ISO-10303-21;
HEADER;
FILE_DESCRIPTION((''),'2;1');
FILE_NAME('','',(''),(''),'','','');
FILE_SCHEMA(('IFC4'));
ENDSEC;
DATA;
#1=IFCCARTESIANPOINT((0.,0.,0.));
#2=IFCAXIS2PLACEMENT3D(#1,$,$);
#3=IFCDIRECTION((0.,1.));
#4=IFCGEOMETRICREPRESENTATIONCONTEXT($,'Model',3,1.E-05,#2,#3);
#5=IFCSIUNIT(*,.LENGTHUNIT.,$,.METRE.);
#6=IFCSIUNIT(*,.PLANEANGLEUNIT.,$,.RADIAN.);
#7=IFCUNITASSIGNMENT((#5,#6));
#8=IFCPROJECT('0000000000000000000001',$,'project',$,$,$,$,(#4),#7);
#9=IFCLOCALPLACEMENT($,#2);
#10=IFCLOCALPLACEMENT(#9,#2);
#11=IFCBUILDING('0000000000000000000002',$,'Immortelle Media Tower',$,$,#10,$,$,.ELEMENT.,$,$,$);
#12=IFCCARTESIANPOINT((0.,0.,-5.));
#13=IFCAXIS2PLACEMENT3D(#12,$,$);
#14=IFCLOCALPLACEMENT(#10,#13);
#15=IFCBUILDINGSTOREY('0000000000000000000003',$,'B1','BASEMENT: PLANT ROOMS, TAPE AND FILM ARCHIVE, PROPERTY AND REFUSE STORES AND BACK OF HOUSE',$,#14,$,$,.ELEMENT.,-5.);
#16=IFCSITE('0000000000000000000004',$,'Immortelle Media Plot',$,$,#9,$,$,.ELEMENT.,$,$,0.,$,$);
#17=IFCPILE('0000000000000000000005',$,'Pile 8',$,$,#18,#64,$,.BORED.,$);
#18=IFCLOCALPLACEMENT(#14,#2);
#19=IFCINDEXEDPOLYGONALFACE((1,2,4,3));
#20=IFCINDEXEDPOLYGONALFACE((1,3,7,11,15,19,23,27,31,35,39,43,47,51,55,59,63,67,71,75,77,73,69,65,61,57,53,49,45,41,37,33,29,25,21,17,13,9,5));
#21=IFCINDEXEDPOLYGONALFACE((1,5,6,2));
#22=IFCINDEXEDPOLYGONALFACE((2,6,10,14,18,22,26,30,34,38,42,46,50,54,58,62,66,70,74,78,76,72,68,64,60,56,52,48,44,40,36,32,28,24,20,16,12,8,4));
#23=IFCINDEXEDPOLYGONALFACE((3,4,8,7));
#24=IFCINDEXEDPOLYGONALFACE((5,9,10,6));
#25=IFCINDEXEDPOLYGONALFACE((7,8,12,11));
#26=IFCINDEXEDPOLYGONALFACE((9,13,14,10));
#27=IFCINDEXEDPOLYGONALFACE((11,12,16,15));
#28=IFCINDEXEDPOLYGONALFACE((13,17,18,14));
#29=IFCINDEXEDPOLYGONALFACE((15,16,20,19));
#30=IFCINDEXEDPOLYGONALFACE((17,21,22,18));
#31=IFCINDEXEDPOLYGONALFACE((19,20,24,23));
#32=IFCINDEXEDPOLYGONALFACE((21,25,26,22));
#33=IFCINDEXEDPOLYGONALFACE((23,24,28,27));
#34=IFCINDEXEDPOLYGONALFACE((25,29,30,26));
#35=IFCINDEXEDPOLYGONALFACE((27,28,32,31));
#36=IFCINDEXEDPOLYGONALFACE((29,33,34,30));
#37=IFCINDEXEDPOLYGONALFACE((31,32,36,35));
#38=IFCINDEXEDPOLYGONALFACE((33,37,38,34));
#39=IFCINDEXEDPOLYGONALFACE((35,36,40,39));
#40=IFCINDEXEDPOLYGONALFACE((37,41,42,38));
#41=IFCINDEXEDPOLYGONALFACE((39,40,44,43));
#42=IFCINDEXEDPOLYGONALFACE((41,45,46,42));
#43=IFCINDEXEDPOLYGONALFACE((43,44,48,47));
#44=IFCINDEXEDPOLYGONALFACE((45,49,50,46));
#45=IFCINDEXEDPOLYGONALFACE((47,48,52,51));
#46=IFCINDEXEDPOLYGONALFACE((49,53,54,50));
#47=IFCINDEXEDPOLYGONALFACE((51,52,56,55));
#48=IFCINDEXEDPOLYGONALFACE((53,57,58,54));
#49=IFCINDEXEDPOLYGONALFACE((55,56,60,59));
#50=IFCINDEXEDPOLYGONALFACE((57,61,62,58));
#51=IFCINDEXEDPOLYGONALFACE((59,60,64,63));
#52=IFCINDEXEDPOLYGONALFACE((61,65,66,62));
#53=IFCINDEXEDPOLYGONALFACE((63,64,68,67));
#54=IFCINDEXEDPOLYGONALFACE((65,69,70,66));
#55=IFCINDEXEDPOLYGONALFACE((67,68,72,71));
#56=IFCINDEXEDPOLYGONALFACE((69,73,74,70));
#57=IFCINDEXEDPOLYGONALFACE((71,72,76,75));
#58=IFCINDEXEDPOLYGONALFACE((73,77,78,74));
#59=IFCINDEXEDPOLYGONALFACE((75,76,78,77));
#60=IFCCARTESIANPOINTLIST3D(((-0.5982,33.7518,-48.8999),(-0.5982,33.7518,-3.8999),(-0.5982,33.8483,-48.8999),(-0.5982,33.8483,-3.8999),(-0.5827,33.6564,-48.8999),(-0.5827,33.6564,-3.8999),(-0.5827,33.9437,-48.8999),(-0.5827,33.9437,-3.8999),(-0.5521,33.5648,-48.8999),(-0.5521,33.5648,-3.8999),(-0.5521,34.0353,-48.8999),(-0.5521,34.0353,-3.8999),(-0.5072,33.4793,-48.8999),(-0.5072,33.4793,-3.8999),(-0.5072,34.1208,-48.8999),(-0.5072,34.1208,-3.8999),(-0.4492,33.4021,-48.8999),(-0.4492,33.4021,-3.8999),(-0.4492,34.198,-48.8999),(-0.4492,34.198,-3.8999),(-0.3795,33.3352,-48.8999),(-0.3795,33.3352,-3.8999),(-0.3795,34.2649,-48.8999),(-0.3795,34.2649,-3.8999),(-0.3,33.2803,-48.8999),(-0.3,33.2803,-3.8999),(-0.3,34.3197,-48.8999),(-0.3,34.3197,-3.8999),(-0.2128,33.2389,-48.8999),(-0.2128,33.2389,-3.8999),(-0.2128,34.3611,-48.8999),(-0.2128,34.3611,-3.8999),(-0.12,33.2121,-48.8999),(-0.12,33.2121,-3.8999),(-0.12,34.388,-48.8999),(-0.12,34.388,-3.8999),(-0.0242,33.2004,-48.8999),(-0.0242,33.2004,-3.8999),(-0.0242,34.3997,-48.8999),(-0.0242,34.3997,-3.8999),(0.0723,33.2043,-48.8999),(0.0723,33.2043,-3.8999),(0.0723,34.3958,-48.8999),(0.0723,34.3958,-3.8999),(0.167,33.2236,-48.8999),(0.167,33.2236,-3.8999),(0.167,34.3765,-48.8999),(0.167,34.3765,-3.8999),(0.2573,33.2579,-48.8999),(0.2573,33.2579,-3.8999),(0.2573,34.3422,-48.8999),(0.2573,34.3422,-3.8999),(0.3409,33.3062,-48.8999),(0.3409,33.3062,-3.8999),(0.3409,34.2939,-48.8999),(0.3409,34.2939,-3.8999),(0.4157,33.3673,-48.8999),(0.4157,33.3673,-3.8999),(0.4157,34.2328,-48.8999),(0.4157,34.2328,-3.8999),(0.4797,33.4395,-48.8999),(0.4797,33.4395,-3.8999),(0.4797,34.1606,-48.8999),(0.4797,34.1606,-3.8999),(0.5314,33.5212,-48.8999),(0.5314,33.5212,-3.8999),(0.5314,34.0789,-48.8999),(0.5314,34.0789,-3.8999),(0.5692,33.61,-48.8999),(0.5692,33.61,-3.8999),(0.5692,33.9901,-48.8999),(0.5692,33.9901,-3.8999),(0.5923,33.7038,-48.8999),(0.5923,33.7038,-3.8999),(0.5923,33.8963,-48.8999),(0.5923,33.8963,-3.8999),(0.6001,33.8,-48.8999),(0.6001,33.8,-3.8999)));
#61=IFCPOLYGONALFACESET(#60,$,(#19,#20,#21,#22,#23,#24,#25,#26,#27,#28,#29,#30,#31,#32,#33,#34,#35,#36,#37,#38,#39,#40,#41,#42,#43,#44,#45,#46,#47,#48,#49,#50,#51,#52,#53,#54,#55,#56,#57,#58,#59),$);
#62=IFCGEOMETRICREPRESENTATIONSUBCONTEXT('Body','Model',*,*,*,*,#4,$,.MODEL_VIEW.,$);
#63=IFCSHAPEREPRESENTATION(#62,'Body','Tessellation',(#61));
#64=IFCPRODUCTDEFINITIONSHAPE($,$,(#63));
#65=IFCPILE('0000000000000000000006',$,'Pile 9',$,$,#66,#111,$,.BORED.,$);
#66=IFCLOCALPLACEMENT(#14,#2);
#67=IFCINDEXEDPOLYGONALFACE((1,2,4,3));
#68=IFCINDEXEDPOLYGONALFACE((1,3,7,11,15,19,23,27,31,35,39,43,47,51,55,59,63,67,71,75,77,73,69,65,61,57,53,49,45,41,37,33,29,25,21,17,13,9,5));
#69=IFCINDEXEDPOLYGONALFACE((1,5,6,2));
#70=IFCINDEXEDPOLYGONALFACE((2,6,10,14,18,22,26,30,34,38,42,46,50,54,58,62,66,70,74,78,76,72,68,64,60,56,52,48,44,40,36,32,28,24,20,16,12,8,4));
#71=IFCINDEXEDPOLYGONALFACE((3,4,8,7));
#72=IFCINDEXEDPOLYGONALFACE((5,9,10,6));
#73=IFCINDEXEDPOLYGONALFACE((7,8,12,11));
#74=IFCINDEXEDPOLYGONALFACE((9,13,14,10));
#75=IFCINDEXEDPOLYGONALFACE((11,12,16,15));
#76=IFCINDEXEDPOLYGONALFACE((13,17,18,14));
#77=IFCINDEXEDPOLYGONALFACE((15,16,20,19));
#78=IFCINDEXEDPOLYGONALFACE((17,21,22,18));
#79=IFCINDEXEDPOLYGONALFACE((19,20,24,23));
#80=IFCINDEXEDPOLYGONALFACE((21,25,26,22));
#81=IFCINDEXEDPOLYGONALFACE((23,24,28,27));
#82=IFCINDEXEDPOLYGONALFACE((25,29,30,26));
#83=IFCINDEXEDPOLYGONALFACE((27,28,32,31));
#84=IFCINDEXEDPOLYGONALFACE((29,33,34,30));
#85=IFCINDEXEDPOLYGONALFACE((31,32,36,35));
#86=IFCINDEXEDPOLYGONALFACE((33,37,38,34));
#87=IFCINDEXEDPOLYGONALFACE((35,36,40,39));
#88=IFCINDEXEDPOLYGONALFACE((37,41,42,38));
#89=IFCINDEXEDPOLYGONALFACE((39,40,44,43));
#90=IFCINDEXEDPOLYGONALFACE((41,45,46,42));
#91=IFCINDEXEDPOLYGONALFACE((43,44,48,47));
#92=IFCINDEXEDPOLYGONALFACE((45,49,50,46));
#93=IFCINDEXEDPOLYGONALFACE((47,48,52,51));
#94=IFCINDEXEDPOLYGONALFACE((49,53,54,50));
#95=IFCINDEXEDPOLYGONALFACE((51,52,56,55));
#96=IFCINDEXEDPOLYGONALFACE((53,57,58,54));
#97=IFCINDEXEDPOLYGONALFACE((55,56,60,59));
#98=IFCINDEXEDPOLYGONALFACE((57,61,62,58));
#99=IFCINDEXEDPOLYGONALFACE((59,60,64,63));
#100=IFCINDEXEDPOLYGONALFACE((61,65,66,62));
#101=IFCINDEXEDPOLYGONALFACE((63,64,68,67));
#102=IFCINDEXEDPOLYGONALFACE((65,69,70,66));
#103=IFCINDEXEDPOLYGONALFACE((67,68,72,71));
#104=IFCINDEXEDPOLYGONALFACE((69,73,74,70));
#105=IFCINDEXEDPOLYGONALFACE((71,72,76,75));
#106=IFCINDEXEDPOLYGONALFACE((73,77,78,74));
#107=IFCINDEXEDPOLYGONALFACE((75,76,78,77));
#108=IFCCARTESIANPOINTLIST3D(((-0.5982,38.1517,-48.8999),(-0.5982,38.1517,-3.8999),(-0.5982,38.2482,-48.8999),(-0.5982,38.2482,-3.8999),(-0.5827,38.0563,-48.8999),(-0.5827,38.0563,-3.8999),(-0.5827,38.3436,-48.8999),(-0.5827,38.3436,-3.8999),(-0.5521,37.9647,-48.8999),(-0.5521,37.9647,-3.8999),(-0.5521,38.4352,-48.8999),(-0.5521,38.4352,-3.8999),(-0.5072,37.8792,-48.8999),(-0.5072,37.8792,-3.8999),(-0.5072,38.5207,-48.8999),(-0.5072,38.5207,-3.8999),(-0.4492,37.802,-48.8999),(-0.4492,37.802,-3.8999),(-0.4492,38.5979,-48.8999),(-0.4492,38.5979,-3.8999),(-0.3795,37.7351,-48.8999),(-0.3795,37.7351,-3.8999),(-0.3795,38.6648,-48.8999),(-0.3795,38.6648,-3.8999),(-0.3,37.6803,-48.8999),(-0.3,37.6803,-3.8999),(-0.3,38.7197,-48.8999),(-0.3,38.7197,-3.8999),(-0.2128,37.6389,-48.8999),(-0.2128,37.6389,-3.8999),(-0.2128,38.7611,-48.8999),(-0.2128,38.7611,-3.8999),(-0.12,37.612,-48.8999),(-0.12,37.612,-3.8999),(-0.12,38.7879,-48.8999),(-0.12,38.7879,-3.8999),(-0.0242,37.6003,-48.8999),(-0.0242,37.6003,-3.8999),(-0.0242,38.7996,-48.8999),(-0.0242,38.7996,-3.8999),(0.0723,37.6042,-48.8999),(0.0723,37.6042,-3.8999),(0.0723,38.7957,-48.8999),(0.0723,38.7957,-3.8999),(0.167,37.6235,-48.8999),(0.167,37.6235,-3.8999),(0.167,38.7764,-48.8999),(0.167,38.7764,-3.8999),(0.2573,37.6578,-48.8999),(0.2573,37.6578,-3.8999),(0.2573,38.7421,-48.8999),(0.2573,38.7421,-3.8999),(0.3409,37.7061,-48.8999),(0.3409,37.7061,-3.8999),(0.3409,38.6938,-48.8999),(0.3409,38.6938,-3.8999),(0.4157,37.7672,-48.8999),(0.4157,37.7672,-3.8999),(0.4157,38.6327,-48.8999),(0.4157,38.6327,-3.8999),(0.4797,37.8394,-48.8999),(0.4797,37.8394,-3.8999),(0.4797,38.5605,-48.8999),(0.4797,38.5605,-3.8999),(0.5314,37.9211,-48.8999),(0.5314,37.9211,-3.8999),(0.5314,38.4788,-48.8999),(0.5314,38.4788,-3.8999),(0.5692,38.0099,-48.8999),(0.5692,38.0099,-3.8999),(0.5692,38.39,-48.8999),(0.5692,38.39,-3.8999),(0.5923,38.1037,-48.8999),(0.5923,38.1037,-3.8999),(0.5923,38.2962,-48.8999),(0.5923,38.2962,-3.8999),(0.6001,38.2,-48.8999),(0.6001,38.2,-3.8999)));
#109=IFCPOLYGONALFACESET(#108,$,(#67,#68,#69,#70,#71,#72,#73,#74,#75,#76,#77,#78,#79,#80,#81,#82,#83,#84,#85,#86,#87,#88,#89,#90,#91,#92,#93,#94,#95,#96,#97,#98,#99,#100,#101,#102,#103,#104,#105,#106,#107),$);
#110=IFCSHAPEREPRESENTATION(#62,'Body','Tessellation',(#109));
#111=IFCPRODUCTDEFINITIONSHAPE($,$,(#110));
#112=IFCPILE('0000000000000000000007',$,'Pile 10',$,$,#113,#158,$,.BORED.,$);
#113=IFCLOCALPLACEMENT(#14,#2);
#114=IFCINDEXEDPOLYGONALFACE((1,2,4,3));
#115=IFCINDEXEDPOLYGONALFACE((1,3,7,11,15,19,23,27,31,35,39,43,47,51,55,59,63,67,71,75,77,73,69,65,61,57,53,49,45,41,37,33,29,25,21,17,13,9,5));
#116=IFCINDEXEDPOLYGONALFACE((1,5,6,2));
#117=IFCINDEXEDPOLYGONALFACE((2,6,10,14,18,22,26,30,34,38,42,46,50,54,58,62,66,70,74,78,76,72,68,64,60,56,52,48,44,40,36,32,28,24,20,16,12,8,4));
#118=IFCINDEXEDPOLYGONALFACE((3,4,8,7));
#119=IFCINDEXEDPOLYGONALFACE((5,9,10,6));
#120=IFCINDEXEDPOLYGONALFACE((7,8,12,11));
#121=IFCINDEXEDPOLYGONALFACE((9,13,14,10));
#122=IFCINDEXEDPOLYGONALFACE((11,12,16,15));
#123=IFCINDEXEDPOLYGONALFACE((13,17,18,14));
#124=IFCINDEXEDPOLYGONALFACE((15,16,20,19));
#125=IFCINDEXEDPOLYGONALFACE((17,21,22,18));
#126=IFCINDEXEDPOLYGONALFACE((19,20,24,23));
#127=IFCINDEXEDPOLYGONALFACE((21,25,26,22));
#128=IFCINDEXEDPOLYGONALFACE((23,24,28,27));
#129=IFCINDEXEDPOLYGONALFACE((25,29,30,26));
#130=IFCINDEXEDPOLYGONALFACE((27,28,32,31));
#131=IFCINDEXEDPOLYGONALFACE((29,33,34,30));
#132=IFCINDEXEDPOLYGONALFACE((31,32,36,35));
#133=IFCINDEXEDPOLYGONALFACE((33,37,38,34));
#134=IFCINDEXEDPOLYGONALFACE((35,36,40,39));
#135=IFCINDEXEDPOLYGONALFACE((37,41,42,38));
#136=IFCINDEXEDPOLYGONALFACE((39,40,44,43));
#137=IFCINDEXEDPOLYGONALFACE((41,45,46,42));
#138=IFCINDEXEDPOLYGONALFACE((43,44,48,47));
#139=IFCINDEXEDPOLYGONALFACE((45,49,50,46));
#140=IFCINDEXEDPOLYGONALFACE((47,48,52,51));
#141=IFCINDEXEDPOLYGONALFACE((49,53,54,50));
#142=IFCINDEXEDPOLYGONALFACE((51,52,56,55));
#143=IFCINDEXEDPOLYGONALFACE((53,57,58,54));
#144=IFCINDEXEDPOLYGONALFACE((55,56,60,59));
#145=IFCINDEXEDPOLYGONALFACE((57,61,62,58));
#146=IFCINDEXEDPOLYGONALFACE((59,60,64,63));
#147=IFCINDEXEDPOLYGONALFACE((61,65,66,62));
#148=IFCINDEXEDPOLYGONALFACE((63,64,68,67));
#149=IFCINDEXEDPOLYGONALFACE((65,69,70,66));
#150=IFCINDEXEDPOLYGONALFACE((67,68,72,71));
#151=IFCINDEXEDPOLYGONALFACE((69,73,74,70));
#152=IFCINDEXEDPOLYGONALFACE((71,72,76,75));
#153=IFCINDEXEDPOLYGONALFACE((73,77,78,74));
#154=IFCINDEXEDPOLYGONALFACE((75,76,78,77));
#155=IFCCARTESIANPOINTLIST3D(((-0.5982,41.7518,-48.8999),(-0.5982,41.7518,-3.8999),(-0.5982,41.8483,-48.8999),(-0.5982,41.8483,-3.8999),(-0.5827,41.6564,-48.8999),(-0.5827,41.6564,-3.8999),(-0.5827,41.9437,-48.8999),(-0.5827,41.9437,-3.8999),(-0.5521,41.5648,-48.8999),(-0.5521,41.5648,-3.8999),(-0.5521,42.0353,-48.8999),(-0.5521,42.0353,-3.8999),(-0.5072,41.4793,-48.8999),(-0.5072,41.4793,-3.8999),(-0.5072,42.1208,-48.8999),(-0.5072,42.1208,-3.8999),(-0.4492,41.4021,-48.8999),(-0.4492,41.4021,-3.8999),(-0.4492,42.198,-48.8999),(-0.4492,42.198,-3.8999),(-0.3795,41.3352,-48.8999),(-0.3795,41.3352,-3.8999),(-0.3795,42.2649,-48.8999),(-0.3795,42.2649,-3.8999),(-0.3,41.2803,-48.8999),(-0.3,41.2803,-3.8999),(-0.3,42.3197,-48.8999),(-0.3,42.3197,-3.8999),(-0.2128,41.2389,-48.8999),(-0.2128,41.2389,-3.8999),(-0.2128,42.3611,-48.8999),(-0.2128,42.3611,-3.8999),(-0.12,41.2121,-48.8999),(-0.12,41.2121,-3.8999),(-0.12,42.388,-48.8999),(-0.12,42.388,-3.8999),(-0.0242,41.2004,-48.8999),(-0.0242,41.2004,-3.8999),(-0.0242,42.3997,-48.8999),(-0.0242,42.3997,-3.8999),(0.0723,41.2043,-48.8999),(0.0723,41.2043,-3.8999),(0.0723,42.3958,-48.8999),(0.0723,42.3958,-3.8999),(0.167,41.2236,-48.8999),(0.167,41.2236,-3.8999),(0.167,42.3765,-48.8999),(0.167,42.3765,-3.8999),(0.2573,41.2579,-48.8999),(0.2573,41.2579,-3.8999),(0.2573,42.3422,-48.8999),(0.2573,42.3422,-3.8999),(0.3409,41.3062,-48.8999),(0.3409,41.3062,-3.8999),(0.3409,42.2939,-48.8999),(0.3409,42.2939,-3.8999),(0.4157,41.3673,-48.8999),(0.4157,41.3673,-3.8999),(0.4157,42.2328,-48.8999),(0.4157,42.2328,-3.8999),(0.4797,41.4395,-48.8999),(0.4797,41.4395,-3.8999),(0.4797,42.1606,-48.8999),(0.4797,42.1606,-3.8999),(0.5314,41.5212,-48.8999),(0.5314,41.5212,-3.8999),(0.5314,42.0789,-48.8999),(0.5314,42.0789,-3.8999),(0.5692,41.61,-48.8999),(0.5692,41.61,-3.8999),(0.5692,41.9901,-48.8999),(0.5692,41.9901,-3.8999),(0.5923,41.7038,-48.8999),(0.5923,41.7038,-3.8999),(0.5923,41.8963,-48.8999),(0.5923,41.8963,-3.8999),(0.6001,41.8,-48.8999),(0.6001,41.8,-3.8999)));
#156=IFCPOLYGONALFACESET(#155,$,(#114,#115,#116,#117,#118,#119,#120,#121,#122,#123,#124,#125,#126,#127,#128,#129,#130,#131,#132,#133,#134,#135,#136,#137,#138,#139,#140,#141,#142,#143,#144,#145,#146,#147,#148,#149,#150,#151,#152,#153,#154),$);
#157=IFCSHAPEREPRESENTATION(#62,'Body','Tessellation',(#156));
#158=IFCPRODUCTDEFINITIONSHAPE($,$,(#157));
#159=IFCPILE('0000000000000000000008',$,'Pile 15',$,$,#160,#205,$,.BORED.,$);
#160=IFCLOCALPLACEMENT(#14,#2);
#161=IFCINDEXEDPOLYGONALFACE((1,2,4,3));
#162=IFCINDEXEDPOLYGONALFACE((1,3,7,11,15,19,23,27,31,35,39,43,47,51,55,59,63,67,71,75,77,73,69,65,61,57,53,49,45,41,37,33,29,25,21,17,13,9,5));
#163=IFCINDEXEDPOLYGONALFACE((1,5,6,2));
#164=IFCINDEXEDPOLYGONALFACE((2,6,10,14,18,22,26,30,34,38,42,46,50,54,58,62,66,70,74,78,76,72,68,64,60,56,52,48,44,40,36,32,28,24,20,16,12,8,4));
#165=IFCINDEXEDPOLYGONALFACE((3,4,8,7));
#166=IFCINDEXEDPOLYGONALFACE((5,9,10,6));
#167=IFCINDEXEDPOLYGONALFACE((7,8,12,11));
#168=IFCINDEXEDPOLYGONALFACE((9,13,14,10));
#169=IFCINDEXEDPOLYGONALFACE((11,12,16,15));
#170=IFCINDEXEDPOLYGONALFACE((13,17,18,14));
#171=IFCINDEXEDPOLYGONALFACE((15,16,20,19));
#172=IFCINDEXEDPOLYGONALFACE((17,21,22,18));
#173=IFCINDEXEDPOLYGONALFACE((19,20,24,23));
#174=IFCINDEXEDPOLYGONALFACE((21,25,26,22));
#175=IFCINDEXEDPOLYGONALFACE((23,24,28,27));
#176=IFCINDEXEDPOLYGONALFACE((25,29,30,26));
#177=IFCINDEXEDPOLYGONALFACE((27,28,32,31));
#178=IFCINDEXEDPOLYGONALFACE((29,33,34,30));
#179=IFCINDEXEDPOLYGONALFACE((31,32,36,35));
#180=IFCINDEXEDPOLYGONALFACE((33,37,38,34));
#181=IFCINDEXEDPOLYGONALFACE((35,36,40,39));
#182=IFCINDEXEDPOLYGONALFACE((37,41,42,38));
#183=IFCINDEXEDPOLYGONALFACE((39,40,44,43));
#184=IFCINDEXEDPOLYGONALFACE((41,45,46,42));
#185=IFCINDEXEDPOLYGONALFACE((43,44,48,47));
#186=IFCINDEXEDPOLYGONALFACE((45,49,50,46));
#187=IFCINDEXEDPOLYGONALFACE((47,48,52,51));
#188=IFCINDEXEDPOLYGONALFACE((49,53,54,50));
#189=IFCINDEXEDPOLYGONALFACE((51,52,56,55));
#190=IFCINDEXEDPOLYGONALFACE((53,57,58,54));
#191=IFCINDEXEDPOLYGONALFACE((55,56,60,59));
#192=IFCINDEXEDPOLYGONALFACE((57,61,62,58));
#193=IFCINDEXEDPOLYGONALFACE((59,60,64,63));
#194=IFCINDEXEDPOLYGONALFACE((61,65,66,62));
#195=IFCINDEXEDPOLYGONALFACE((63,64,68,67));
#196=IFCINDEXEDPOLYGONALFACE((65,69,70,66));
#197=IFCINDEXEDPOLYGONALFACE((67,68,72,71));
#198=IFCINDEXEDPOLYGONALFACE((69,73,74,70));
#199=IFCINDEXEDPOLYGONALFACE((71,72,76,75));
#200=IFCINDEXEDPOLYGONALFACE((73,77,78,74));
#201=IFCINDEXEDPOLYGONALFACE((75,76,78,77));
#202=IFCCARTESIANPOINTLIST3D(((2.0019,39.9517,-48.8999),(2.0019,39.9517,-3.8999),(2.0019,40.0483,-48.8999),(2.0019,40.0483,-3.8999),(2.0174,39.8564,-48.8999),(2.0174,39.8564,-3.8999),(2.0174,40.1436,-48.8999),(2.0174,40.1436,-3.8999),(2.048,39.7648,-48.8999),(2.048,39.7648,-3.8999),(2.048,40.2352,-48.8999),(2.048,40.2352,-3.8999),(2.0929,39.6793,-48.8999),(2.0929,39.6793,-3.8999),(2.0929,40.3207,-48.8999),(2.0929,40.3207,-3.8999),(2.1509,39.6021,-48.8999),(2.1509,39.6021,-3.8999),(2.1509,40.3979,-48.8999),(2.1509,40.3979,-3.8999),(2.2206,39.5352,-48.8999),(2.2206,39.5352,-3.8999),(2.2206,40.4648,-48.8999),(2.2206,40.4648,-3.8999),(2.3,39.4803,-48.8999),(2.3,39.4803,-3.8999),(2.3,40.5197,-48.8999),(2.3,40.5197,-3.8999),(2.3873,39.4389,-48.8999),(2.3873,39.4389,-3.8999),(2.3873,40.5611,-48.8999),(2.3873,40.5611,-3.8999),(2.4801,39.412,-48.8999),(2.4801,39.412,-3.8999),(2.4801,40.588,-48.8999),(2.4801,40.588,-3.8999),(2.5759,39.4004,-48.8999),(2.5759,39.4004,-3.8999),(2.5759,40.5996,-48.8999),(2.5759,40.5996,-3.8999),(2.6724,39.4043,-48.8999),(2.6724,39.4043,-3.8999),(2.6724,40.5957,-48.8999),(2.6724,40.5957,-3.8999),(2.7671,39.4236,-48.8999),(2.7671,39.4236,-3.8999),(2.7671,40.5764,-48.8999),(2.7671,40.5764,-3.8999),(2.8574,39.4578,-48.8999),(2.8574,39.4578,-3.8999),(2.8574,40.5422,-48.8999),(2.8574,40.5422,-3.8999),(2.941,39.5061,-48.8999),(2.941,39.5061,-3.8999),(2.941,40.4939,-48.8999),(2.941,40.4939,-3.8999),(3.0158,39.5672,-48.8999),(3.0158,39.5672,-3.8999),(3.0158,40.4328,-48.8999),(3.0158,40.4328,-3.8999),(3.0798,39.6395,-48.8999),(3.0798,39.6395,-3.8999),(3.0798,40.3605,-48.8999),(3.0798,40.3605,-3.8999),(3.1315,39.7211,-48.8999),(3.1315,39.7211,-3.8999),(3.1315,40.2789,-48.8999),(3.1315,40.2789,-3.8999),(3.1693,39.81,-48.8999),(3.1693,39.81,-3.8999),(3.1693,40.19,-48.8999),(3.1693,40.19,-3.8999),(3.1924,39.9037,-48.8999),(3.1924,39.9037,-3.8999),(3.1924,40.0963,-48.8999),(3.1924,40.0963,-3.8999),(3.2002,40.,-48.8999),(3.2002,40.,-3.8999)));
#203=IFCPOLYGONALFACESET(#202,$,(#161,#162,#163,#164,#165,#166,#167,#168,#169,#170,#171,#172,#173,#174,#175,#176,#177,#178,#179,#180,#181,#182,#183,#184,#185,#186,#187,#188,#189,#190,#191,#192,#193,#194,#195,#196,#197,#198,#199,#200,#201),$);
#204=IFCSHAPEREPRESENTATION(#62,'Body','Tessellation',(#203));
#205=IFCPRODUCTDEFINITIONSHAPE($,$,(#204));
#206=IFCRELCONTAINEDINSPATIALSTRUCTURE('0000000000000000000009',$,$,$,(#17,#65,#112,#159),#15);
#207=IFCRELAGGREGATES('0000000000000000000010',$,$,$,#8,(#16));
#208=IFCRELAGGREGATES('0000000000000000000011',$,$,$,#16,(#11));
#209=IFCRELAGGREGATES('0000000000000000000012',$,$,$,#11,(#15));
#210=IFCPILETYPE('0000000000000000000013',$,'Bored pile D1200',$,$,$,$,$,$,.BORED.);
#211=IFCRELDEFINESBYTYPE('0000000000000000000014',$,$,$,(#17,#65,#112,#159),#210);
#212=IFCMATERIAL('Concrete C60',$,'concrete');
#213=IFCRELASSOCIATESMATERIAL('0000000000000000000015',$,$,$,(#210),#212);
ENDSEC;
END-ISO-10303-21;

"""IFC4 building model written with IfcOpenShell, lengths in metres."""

from ifc_helpers import new_model, si_unit, direction, frame, origin, origin_2d, place, context, subcontext, project, spatial, circle, extrude, material, material_profile, profile_set, type_object, element, save


model = new_model("IFC4")

# Units and contexts
model_context = context("Model", 3, precision=1e-05, world=origin(), true_north=direction((0.0, 1.0)))
body_context = subcontext(model_context, "Body", "Model", "MODEL_VIEW")
ifc_project = project(units=[si_unit("LENGTHUNIT", "METRE"), si_unit("PLANEANGLEUNIT", "RADIAN")], contexts=[model_context])

# Site, building, storey
site_placement = place(None, origin())
site = spatial("IfcSite", under=ifc_project, at=site_placement, Name="Immortelle Media Plot", CompositionType="ELEMENT", RefElevation=0.0)
building_placement = place(site_placement, origin())
building = spatial("IfcBuilding", under=site, at=building_placement, Name="Immortelle Media Tower", CompositionType="ELEMENT")
storey_placement = place(building_placement, frame((0.0, 0.0, -5.0)))
storey = spatial("IfcBuildingStorey", under=building, at=storey_placement, Name="B1", Description="BASEMENT: PLANT ROOMS, TAPE AND FILM ARCHIVE, PROPERTY AND REFUSE STORES AND BACK OF HOUSE", CompositionType="ELEMENT", Elevation=-5.0)

# Piles
ifc_material_1 = material(Name="Concrete C60", Category="concrete")
ifc_material_profile_1 = material_profile(ifc_material_1, circle(Radius=0.6001, at=origin_2d()), Name="Bored pile D1200")
ifc_profile_set_1 = profile_set([ifc_material_profile_1], Name="Concrete C60")
pile_type = type_object("IfcPileType", Name="Bored pile D1200", PredefinedType="BORED", material=ifc_profile_set_1)
for number, where, z_axis, x_axis, name in (
    (1, (0.0, 33.8, -3.8999), (0.0, 0.0, -1.0), (1.0, 0.0, 0.0), "Pile 8"),
    (2, (0.0, 38.2, -3.8999), (0.0, 0.0, -1.0), (1.0, 0.0, 0.0), "Pile 9"),
    (3, (0.0, 41.8, -3.8999), (0.0, 0.0, -1.0), (1.0, 0.0, 0.0), "Pile 10"),
    (4, (2.6001, 40.0, -3.8999), (0.0, 0.0, -1.0), (1.0, 0.0, 0.0), "Pile 15"),
):
    element("IfcPile", number, at=place(storey_placement, frame(where, z_axis=z_axis, x_axis=x_axis)), inside=storey, type_object=pile_type, Name=name, PredefinedType="BORED", context=body_context, shape_type="SweptSolid", body=[
        extrude(circle(Radius=0.6001, at=origin_2d()), origin(), (0.0, 0.0, 1.0), 45.0),
    ])

save(model, "model.ifc")
